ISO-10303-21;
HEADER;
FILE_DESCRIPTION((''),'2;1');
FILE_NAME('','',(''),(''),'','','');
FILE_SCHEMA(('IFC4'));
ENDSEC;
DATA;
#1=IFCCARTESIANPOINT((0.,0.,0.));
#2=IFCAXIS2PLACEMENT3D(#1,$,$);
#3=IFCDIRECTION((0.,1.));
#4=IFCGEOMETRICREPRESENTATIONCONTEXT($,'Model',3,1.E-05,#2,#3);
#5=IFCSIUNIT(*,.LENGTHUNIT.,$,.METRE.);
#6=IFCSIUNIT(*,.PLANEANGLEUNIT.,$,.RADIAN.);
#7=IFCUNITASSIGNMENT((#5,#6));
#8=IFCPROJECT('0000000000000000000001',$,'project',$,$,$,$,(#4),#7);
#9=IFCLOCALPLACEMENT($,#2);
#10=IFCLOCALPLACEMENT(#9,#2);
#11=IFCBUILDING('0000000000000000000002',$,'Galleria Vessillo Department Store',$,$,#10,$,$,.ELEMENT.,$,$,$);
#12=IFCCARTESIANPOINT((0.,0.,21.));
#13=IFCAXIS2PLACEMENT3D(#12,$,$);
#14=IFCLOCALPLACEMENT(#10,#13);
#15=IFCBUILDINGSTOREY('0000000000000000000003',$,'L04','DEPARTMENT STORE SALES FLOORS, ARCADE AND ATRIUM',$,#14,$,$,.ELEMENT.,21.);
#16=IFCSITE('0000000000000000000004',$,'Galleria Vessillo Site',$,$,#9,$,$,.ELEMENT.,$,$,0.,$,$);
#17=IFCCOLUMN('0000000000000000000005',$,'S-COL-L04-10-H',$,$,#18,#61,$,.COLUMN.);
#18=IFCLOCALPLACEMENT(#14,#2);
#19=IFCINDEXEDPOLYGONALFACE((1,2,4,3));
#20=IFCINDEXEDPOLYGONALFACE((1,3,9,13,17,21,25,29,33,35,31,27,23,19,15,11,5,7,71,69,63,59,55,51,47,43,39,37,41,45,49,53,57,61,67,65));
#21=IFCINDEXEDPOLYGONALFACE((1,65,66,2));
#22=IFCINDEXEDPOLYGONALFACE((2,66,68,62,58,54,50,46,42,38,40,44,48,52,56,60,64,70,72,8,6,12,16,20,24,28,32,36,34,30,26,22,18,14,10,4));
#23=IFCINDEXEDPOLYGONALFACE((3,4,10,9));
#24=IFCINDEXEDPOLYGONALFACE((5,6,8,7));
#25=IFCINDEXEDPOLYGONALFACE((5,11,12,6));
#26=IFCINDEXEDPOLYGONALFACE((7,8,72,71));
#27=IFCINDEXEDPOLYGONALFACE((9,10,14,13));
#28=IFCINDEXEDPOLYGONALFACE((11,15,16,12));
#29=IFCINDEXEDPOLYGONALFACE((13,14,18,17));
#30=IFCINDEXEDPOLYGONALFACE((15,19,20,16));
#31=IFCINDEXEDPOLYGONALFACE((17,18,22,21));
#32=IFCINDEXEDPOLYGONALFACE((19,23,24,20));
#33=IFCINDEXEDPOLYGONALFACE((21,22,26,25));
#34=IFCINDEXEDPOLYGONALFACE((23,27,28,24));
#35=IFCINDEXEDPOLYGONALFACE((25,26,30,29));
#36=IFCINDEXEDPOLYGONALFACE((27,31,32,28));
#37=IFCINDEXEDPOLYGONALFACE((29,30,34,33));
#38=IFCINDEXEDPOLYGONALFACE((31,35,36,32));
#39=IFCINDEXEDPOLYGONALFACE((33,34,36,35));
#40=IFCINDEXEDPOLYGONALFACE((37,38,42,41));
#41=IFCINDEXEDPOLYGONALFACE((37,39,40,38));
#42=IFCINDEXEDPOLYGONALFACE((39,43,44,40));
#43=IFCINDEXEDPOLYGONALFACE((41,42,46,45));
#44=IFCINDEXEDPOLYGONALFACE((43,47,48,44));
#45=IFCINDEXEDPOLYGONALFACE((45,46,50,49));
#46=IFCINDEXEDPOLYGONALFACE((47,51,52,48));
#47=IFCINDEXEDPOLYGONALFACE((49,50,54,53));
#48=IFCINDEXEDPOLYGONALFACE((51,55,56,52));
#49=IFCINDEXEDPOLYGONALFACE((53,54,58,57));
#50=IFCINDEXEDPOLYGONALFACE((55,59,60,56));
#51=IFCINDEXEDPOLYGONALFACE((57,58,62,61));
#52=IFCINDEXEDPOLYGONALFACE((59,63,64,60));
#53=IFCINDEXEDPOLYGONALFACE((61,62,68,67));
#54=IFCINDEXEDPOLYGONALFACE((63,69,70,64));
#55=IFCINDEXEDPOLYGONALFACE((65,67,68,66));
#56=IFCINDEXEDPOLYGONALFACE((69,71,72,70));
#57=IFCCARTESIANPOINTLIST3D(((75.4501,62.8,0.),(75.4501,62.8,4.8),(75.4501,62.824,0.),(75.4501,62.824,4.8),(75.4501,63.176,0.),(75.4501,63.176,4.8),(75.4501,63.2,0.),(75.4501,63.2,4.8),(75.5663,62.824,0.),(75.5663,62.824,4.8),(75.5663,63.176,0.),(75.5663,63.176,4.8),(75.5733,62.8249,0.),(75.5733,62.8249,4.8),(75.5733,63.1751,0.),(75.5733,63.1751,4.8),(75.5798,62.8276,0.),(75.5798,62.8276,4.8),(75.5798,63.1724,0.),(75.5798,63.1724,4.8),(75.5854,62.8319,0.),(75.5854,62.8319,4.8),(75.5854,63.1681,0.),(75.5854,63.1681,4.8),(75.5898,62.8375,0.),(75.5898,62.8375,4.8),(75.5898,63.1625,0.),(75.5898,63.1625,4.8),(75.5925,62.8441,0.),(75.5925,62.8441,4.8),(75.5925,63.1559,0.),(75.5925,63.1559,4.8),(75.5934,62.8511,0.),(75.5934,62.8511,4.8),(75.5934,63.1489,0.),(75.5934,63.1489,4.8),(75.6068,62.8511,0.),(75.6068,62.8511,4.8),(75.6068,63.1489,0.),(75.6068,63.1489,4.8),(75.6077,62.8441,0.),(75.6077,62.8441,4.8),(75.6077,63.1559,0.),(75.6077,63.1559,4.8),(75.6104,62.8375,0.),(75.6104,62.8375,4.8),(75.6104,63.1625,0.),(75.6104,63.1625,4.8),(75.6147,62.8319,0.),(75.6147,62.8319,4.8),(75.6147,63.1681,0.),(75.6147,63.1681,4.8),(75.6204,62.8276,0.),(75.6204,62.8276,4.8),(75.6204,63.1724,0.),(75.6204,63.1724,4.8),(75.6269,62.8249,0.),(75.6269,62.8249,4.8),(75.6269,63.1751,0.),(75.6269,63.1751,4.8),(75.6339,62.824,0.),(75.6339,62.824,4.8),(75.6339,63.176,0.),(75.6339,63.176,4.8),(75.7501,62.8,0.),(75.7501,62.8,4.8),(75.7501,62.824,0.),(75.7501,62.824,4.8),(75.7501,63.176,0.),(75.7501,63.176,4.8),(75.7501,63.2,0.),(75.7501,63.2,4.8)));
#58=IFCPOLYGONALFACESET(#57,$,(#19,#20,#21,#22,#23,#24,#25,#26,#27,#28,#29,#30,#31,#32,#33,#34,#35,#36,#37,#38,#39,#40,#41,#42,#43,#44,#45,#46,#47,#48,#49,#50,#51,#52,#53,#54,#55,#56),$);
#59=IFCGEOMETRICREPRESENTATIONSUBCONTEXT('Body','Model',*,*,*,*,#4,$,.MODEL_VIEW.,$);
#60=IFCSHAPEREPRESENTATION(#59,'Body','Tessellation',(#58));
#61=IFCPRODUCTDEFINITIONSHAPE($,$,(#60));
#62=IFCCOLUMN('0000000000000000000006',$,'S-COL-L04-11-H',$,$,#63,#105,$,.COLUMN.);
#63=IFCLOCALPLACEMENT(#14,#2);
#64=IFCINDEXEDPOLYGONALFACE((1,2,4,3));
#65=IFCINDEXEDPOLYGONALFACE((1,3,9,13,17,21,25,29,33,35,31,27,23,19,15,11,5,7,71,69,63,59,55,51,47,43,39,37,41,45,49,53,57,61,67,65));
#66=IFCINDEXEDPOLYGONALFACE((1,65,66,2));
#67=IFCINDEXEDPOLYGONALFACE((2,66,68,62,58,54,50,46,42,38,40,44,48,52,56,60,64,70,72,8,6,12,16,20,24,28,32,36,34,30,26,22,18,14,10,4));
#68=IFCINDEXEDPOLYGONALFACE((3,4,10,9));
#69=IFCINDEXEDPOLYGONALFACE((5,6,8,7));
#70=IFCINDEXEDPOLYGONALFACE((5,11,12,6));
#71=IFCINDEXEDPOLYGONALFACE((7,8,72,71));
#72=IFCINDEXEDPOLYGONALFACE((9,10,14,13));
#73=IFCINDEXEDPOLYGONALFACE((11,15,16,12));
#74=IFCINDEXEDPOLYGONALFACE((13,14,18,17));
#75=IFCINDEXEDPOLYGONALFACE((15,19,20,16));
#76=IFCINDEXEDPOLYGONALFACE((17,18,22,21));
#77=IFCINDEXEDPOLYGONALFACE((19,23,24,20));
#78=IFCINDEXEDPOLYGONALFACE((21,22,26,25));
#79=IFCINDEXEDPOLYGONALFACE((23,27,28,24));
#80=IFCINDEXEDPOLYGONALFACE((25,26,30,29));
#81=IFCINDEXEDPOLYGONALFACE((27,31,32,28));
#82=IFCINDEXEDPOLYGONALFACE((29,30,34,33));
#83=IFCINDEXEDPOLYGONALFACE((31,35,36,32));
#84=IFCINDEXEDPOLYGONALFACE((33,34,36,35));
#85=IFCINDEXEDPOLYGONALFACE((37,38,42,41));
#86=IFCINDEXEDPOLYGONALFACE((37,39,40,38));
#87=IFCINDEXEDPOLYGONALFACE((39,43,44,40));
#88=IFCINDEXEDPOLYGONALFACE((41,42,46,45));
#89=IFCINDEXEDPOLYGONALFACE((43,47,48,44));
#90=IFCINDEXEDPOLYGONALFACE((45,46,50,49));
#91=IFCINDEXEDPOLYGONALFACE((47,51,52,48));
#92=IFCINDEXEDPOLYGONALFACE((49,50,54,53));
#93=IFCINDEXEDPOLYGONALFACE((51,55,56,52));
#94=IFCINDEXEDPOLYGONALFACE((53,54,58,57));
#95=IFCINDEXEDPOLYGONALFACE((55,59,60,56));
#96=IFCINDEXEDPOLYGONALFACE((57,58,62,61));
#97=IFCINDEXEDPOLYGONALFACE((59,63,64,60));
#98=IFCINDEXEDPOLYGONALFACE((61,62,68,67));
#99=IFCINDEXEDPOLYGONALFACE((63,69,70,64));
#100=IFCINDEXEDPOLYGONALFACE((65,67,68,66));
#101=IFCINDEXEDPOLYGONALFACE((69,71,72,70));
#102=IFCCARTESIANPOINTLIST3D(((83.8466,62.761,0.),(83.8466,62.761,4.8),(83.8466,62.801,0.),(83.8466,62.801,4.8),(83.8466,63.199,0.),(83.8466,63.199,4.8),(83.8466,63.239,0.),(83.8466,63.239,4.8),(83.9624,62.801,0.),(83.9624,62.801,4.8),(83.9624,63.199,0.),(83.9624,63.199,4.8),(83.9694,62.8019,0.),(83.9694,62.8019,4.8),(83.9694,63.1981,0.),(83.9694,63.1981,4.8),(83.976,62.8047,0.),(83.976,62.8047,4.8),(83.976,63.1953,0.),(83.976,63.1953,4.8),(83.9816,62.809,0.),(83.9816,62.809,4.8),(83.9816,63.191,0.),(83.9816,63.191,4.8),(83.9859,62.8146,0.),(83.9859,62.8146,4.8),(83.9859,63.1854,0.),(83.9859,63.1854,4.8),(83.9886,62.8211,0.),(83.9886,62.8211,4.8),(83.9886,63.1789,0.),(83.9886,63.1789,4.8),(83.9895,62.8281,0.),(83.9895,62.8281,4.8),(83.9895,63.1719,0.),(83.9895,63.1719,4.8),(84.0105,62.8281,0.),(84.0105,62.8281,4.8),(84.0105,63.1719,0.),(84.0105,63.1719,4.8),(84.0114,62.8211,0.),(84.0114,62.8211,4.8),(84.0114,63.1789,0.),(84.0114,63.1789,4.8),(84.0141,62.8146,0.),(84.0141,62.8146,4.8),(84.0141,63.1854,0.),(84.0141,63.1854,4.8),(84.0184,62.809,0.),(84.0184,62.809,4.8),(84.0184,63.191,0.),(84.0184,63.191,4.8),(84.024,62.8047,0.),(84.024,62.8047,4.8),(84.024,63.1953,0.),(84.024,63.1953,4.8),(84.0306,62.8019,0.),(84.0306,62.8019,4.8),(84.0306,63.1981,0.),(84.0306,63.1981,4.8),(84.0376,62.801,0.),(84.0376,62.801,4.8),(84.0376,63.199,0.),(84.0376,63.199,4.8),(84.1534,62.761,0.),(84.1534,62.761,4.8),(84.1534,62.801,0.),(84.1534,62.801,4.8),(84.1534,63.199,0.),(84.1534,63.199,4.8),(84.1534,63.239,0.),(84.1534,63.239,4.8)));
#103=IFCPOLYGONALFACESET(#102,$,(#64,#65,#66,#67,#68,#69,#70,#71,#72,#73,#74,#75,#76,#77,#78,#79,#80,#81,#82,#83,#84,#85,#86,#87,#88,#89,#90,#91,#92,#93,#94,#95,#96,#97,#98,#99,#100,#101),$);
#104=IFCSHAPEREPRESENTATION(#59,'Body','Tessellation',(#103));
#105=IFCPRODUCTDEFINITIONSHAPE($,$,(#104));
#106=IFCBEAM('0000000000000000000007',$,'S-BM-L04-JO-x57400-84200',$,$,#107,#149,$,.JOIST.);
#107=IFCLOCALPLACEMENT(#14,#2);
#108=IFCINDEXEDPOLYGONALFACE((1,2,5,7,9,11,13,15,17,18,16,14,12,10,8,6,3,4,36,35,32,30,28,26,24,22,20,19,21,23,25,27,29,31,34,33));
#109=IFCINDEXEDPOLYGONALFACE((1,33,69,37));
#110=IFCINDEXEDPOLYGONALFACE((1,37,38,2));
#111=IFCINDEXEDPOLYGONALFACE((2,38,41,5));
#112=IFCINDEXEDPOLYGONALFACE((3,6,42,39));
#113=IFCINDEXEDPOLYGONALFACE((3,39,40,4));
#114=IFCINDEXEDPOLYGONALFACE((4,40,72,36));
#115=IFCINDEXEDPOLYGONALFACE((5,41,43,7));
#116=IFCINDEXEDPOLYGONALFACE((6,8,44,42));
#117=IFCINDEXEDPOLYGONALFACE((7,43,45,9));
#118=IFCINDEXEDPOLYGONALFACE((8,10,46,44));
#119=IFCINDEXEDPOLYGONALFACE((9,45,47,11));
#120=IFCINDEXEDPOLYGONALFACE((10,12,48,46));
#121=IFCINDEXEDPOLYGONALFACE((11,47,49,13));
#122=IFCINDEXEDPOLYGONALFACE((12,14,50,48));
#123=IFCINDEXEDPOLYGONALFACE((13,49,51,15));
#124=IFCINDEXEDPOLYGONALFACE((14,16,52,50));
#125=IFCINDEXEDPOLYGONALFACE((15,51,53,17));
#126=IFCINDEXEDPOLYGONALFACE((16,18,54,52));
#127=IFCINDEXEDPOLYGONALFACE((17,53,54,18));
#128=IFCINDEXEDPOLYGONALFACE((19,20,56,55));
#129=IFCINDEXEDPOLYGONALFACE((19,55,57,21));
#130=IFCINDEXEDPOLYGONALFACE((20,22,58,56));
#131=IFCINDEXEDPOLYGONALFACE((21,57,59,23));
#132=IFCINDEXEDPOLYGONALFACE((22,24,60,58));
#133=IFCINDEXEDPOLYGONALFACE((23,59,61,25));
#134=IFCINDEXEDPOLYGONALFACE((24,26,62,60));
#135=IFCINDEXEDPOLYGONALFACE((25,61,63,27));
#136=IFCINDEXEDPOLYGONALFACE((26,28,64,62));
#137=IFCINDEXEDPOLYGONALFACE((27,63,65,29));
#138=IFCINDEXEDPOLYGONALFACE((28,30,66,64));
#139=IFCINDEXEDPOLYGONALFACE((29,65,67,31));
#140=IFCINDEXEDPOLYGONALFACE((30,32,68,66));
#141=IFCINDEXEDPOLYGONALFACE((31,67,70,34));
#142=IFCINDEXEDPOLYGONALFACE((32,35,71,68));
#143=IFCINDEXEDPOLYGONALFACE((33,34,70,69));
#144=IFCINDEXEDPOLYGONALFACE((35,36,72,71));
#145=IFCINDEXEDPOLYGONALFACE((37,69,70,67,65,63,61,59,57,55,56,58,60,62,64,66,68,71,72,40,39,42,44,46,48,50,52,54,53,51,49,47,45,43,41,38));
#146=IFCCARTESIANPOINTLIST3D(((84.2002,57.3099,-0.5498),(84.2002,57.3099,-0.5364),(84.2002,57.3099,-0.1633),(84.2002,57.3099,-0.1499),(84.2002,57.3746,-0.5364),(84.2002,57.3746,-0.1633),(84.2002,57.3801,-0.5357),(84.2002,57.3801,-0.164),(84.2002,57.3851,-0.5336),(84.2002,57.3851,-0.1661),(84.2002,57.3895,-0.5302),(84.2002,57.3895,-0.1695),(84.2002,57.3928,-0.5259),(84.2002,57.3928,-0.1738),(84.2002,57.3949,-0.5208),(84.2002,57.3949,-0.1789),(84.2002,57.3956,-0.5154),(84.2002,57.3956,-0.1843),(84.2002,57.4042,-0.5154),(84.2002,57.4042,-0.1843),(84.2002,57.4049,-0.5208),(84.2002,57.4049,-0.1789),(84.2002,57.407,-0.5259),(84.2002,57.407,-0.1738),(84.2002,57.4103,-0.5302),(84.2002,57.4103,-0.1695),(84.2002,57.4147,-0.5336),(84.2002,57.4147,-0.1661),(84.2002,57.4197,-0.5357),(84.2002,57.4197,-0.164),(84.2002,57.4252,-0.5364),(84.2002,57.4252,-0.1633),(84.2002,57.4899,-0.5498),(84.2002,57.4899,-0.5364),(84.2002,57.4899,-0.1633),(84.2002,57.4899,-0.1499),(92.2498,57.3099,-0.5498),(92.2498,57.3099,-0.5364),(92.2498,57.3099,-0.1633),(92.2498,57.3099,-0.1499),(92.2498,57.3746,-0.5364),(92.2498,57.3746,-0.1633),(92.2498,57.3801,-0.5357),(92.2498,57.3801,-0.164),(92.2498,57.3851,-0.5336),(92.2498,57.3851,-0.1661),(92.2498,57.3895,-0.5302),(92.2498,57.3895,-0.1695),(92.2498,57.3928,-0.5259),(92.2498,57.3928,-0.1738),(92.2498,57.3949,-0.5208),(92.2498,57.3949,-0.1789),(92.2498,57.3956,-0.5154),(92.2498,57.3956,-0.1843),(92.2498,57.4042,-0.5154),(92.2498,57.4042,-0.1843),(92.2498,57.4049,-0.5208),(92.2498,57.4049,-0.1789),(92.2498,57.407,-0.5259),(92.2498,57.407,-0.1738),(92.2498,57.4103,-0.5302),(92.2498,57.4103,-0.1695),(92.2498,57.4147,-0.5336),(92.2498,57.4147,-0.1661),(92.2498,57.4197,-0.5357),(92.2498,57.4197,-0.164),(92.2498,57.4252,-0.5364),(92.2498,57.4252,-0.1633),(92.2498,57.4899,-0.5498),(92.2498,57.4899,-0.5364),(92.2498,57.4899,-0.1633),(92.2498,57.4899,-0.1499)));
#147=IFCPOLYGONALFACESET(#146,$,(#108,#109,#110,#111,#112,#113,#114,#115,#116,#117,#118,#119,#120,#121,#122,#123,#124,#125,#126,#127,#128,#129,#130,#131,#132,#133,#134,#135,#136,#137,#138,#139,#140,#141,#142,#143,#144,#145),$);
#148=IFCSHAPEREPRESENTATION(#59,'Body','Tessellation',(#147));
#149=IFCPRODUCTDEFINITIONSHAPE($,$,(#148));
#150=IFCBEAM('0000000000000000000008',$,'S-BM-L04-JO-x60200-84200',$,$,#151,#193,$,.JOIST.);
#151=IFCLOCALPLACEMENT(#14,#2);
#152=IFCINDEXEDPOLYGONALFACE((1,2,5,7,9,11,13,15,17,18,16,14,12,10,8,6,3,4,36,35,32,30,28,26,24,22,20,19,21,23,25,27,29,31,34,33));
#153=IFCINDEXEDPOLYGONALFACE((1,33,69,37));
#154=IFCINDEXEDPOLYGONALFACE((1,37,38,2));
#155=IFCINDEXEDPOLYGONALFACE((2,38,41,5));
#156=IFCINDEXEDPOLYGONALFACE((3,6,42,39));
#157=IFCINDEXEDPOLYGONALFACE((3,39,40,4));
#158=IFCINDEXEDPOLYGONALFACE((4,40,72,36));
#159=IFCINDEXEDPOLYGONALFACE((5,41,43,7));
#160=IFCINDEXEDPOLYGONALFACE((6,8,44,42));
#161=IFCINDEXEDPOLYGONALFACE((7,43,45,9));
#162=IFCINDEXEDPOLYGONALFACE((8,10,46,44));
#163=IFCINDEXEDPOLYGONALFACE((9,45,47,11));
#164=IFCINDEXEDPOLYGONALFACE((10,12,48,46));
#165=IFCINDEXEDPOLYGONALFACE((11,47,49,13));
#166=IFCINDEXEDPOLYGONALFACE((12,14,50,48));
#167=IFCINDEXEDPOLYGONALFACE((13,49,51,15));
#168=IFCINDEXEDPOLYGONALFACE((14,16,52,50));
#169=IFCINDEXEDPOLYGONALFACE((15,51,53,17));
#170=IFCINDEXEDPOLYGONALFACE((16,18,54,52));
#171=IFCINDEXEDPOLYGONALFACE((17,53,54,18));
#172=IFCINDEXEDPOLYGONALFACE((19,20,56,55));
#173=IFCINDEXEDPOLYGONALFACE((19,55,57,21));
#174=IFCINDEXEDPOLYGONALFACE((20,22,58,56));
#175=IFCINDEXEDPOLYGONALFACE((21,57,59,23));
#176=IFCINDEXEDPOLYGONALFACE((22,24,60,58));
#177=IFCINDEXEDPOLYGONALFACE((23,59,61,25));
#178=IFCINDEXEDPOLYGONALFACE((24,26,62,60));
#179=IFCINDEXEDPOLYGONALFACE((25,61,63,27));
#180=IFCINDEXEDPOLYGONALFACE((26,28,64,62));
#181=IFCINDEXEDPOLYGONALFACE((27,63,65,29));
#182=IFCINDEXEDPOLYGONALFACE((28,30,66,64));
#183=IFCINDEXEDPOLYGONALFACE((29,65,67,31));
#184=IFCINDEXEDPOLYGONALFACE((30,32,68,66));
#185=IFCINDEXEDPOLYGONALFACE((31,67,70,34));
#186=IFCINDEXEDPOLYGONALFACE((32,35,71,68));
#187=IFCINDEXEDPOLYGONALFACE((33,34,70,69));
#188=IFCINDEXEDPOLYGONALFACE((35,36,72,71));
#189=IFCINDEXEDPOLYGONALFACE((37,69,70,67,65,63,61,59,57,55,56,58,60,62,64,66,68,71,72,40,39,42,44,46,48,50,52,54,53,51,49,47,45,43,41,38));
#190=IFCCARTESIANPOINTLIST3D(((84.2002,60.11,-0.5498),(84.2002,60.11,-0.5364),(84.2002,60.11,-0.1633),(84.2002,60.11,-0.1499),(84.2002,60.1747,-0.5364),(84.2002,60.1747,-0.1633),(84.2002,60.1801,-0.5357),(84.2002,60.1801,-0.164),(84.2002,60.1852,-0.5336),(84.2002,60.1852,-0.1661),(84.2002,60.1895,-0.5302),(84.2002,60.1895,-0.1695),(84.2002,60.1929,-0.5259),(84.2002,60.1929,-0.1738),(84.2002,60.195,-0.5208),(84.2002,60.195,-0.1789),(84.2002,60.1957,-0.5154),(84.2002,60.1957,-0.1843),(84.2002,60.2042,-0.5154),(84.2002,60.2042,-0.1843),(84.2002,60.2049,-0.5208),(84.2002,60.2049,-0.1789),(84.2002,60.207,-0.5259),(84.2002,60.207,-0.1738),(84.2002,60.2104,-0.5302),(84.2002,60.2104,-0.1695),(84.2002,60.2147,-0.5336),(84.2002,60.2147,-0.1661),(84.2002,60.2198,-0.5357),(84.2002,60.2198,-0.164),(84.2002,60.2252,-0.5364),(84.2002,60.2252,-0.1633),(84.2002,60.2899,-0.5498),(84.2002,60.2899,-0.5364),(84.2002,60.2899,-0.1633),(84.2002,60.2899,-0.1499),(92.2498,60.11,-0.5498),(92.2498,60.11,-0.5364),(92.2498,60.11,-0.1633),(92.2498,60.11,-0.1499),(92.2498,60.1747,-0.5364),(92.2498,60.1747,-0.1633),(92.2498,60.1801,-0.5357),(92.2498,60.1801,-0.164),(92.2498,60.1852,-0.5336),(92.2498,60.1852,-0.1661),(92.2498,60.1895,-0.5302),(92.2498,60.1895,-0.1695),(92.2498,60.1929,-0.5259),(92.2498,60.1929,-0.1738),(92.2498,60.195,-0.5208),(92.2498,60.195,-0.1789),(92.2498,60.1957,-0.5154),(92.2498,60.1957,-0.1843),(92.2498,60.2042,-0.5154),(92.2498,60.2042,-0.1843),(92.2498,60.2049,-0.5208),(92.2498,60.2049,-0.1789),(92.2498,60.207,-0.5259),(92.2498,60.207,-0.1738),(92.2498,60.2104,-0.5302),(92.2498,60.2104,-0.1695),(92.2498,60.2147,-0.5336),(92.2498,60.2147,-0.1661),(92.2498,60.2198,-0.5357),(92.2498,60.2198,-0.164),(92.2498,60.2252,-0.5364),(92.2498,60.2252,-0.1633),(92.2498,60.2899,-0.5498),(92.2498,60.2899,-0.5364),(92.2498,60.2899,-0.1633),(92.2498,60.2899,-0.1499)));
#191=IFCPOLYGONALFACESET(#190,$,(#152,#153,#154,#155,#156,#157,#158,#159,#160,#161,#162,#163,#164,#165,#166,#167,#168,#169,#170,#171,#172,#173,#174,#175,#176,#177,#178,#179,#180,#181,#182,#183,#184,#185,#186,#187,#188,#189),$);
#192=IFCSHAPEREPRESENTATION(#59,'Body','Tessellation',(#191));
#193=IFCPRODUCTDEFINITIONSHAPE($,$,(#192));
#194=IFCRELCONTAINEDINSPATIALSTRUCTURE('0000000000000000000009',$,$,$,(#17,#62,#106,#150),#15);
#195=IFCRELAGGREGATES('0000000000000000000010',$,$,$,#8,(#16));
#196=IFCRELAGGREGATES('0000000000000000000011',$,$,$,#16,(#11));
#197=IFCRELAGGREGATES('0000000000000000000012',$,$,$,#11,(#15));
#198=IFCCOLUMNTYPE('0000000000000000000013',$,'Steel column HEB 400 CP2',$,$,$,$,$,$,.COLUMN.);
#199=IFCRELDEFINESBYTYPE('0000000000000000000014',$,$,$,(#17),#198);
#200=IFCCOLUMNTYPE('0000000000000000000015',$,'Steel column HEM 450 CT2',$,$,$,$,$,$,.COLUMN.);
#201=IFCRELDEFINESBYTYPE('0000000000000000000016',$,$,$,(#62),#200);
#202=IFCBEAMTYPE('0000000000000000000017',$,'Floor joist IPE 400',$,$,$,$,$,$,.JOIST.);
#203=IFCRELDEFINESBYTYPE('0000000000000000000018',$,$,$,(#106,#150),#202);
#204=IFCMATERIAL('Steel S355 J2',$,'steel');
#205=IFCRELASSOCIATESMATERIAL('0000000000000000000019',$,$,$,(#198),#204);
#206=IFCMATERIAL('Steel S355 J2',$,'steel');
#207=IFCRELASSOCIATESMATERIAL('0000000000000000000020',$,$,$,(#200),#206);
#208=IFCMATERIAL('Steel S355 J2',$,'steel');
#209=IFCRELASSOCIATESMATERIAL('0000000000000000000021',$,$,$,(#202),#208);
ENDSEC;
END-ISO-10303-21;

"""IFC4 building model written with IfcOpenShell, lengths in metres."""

from ifc_helpers import new_model, si_unit, direction, frame, origin, origin_2d, place, context, subcontext, project, spatial, i_section, extrude, material, material_profile, profile_set, type_object, element, save


model = new_model("IFC4")

# Units and contexts
model_context = context("Model", 3, precision=1e-05, world=origin(), true_north=direction((0.0, 1.0)))
body_context = subcontext(model_context, "Body", "Model", "MODEL_VIEW")
ifc_project = project(units=[si_unit("LENGTHUNIT", "METRE"), si_unit("PLANEANGLEUNIT", "RADIAN")], contexts=[model_context])

# Site, building, storey
site_placement = place(None, origin())
site = spatial("IfcSite", under=ifc_project, at=site_placement, Name="Galleria Vessillo Site", CompositionType="ELEMENT", RefElevation=0.0)
building_placement = place(site_placement, origin())
building = spatial("IfcBuilding", under=site, at=building_placement, Name="Galleria Vessillo Department Store", CompositionType="ELEMENT")
storey_placement = place(building_placement, frame((0.0, 0.0, 21.0)))
storey = spatial("IfcBuildingStorey", under=building, at=storey_placement, Name="L04", Description="DEPARTMENT STORE SALES FLOORS, ARCADE AND ATRIUM", CompositionType="ELEMENT", Elevation=21.0)

# Columns
ifc_material_1 = material(Name="Steel S355 J2", Category="steel")
ifc_material_profile_1 = material_profile(ifc_material_1, i_section(OverallWidth=0.3, OverallDepth=0.3999, WebThickness=0.0134, FlangeThickness=0.0239, FilletRadius=0.0271, at=origin_2d()), Name="HEB 400")
ifc_profile_set_1 = profile_set([ifc_material_profile_1], Name="Steel S355 J2")
column_type_1 = type_object("IfcColumnType", Name="Steel column HEB 400 CP2", PredefinedType="COLUMN", material=ifc_profile_set_1)
column_1_placement = place(storey_placement, frame((75.6001, 63.0, 0.0), z_axis=(0.0, 0.0, 1.0), x_axis=(1.0, 0.0, 0.0)))
element("IfcColumn", 1, at=column_1_placement, inside=storey, type_object=column_type_1, Name="S-COL-L04-10-H", PredefinedType="COLUMN", context=body_context, shape_type="SweptSolid", body=[
    extrude(i_section(OverallWidth=0.3, OverallDepth=0.3999, WebThickness=0.0134, FlangeThickness=0.0239, FilletRadius=0.0271, at=origin_2d()), origin(), (0.0, 0.0, 1.0), 4.8),
])
ifc_material_2 = material(Name="Steel S355 J2", Category="steel")
ifc_material_profile_2 = material_profile(ifc_material_2, i_section(OverallWidth=0.3069, OverallDepth=0.478, WebThickness=0.021, FlangeThickness=0.04, FilletRadius=0.0271, at=origin_2d()), Name="HEM 450")
ifc_profile_set_2 = profile_set([ifc_material_profile_2], Name="Steel S355 J2")
column_type_2 = type_object("IfcColumnType", Name="Steel column HEM 450 CT2", PredefinedType="COLUMN", material=ifc_profile_set_2)
column_2_placement = place(storey_placement, frame((84.0, 63.0, 0.0), z_axis=(0.0, 0.0, 1.0), x_axis=(1.0, 0.0, 0.0)))
element("IfcColumn", 2, at=column_2_placement, inside=storey, type_object=column_type_2, Name="S-COL-L04-11-H", PredefinedType="COLUMN", context=body_context, shape_type="SweptSolid", body=[
    extrude(i_section(OverallWidth=0.3069, OverallDepth=0.478, WebThickness=0.021, FlangeThickness=0.04, FilletRadius=0.0271, at=origin_2d()), origin(), (0.0, 0.0, 1.0), 4.8),
])

# Beams
ifc_material_3 = material(Name="Steel S355 J2", Category="steel")
ifc_material_profile_3 = material_profile(ifc_material_3, i_section(OverallWidth=0.1799, OverallDepth=0.3999, WebThickness=0.0085, FlangeThickness=0.0134, FilletRadius=0.021, at=origin_2d()), Name="IPE 400")
ifc_profile_set_3 = profile_set([ifc_material_profile_3], Name="Steel S355 J2")
beam_type = type_object("IfcBeamType", Name="Floor joist IPE 400", PredefinedType="JOIST", material=ifc_profile_set_3)
for number, where, z_axis, x_axis, name in (
    (3, (84.2002, 57.3999, -0.3499), (1.0, 0.0, 0.0), (0.0, 1.0, 0.0), "S-BM-L04-JO-x57400-84200"),
    (4, (84.2002, 60.2, -0.3499), (1.0, 0.0, 0.0), (0.0, 1.0, 0.0), "S-BM-L04-JO-x60200-84200"),
):
    element("IfcBeam", number, at=place(storey_placement, frame(where, z_axis=z_axis, x_axis=x_axis)), inside=storey, type_object=beam_type, Name=name, PredefinedType="JOIST", context=body_context, shape_type="SweptSolid", body=[
        extrude(i_section(OverallWidth=0.1799, OverallDepth=0.3999, WebThickness=0.0085, FlangeThickness=0.0134, FilletRadius=0.021, at=origin_2d()), origin(), (0.0, 0.0, 1.0), 8.0496),
    ])

save(model, "model.ifc")
